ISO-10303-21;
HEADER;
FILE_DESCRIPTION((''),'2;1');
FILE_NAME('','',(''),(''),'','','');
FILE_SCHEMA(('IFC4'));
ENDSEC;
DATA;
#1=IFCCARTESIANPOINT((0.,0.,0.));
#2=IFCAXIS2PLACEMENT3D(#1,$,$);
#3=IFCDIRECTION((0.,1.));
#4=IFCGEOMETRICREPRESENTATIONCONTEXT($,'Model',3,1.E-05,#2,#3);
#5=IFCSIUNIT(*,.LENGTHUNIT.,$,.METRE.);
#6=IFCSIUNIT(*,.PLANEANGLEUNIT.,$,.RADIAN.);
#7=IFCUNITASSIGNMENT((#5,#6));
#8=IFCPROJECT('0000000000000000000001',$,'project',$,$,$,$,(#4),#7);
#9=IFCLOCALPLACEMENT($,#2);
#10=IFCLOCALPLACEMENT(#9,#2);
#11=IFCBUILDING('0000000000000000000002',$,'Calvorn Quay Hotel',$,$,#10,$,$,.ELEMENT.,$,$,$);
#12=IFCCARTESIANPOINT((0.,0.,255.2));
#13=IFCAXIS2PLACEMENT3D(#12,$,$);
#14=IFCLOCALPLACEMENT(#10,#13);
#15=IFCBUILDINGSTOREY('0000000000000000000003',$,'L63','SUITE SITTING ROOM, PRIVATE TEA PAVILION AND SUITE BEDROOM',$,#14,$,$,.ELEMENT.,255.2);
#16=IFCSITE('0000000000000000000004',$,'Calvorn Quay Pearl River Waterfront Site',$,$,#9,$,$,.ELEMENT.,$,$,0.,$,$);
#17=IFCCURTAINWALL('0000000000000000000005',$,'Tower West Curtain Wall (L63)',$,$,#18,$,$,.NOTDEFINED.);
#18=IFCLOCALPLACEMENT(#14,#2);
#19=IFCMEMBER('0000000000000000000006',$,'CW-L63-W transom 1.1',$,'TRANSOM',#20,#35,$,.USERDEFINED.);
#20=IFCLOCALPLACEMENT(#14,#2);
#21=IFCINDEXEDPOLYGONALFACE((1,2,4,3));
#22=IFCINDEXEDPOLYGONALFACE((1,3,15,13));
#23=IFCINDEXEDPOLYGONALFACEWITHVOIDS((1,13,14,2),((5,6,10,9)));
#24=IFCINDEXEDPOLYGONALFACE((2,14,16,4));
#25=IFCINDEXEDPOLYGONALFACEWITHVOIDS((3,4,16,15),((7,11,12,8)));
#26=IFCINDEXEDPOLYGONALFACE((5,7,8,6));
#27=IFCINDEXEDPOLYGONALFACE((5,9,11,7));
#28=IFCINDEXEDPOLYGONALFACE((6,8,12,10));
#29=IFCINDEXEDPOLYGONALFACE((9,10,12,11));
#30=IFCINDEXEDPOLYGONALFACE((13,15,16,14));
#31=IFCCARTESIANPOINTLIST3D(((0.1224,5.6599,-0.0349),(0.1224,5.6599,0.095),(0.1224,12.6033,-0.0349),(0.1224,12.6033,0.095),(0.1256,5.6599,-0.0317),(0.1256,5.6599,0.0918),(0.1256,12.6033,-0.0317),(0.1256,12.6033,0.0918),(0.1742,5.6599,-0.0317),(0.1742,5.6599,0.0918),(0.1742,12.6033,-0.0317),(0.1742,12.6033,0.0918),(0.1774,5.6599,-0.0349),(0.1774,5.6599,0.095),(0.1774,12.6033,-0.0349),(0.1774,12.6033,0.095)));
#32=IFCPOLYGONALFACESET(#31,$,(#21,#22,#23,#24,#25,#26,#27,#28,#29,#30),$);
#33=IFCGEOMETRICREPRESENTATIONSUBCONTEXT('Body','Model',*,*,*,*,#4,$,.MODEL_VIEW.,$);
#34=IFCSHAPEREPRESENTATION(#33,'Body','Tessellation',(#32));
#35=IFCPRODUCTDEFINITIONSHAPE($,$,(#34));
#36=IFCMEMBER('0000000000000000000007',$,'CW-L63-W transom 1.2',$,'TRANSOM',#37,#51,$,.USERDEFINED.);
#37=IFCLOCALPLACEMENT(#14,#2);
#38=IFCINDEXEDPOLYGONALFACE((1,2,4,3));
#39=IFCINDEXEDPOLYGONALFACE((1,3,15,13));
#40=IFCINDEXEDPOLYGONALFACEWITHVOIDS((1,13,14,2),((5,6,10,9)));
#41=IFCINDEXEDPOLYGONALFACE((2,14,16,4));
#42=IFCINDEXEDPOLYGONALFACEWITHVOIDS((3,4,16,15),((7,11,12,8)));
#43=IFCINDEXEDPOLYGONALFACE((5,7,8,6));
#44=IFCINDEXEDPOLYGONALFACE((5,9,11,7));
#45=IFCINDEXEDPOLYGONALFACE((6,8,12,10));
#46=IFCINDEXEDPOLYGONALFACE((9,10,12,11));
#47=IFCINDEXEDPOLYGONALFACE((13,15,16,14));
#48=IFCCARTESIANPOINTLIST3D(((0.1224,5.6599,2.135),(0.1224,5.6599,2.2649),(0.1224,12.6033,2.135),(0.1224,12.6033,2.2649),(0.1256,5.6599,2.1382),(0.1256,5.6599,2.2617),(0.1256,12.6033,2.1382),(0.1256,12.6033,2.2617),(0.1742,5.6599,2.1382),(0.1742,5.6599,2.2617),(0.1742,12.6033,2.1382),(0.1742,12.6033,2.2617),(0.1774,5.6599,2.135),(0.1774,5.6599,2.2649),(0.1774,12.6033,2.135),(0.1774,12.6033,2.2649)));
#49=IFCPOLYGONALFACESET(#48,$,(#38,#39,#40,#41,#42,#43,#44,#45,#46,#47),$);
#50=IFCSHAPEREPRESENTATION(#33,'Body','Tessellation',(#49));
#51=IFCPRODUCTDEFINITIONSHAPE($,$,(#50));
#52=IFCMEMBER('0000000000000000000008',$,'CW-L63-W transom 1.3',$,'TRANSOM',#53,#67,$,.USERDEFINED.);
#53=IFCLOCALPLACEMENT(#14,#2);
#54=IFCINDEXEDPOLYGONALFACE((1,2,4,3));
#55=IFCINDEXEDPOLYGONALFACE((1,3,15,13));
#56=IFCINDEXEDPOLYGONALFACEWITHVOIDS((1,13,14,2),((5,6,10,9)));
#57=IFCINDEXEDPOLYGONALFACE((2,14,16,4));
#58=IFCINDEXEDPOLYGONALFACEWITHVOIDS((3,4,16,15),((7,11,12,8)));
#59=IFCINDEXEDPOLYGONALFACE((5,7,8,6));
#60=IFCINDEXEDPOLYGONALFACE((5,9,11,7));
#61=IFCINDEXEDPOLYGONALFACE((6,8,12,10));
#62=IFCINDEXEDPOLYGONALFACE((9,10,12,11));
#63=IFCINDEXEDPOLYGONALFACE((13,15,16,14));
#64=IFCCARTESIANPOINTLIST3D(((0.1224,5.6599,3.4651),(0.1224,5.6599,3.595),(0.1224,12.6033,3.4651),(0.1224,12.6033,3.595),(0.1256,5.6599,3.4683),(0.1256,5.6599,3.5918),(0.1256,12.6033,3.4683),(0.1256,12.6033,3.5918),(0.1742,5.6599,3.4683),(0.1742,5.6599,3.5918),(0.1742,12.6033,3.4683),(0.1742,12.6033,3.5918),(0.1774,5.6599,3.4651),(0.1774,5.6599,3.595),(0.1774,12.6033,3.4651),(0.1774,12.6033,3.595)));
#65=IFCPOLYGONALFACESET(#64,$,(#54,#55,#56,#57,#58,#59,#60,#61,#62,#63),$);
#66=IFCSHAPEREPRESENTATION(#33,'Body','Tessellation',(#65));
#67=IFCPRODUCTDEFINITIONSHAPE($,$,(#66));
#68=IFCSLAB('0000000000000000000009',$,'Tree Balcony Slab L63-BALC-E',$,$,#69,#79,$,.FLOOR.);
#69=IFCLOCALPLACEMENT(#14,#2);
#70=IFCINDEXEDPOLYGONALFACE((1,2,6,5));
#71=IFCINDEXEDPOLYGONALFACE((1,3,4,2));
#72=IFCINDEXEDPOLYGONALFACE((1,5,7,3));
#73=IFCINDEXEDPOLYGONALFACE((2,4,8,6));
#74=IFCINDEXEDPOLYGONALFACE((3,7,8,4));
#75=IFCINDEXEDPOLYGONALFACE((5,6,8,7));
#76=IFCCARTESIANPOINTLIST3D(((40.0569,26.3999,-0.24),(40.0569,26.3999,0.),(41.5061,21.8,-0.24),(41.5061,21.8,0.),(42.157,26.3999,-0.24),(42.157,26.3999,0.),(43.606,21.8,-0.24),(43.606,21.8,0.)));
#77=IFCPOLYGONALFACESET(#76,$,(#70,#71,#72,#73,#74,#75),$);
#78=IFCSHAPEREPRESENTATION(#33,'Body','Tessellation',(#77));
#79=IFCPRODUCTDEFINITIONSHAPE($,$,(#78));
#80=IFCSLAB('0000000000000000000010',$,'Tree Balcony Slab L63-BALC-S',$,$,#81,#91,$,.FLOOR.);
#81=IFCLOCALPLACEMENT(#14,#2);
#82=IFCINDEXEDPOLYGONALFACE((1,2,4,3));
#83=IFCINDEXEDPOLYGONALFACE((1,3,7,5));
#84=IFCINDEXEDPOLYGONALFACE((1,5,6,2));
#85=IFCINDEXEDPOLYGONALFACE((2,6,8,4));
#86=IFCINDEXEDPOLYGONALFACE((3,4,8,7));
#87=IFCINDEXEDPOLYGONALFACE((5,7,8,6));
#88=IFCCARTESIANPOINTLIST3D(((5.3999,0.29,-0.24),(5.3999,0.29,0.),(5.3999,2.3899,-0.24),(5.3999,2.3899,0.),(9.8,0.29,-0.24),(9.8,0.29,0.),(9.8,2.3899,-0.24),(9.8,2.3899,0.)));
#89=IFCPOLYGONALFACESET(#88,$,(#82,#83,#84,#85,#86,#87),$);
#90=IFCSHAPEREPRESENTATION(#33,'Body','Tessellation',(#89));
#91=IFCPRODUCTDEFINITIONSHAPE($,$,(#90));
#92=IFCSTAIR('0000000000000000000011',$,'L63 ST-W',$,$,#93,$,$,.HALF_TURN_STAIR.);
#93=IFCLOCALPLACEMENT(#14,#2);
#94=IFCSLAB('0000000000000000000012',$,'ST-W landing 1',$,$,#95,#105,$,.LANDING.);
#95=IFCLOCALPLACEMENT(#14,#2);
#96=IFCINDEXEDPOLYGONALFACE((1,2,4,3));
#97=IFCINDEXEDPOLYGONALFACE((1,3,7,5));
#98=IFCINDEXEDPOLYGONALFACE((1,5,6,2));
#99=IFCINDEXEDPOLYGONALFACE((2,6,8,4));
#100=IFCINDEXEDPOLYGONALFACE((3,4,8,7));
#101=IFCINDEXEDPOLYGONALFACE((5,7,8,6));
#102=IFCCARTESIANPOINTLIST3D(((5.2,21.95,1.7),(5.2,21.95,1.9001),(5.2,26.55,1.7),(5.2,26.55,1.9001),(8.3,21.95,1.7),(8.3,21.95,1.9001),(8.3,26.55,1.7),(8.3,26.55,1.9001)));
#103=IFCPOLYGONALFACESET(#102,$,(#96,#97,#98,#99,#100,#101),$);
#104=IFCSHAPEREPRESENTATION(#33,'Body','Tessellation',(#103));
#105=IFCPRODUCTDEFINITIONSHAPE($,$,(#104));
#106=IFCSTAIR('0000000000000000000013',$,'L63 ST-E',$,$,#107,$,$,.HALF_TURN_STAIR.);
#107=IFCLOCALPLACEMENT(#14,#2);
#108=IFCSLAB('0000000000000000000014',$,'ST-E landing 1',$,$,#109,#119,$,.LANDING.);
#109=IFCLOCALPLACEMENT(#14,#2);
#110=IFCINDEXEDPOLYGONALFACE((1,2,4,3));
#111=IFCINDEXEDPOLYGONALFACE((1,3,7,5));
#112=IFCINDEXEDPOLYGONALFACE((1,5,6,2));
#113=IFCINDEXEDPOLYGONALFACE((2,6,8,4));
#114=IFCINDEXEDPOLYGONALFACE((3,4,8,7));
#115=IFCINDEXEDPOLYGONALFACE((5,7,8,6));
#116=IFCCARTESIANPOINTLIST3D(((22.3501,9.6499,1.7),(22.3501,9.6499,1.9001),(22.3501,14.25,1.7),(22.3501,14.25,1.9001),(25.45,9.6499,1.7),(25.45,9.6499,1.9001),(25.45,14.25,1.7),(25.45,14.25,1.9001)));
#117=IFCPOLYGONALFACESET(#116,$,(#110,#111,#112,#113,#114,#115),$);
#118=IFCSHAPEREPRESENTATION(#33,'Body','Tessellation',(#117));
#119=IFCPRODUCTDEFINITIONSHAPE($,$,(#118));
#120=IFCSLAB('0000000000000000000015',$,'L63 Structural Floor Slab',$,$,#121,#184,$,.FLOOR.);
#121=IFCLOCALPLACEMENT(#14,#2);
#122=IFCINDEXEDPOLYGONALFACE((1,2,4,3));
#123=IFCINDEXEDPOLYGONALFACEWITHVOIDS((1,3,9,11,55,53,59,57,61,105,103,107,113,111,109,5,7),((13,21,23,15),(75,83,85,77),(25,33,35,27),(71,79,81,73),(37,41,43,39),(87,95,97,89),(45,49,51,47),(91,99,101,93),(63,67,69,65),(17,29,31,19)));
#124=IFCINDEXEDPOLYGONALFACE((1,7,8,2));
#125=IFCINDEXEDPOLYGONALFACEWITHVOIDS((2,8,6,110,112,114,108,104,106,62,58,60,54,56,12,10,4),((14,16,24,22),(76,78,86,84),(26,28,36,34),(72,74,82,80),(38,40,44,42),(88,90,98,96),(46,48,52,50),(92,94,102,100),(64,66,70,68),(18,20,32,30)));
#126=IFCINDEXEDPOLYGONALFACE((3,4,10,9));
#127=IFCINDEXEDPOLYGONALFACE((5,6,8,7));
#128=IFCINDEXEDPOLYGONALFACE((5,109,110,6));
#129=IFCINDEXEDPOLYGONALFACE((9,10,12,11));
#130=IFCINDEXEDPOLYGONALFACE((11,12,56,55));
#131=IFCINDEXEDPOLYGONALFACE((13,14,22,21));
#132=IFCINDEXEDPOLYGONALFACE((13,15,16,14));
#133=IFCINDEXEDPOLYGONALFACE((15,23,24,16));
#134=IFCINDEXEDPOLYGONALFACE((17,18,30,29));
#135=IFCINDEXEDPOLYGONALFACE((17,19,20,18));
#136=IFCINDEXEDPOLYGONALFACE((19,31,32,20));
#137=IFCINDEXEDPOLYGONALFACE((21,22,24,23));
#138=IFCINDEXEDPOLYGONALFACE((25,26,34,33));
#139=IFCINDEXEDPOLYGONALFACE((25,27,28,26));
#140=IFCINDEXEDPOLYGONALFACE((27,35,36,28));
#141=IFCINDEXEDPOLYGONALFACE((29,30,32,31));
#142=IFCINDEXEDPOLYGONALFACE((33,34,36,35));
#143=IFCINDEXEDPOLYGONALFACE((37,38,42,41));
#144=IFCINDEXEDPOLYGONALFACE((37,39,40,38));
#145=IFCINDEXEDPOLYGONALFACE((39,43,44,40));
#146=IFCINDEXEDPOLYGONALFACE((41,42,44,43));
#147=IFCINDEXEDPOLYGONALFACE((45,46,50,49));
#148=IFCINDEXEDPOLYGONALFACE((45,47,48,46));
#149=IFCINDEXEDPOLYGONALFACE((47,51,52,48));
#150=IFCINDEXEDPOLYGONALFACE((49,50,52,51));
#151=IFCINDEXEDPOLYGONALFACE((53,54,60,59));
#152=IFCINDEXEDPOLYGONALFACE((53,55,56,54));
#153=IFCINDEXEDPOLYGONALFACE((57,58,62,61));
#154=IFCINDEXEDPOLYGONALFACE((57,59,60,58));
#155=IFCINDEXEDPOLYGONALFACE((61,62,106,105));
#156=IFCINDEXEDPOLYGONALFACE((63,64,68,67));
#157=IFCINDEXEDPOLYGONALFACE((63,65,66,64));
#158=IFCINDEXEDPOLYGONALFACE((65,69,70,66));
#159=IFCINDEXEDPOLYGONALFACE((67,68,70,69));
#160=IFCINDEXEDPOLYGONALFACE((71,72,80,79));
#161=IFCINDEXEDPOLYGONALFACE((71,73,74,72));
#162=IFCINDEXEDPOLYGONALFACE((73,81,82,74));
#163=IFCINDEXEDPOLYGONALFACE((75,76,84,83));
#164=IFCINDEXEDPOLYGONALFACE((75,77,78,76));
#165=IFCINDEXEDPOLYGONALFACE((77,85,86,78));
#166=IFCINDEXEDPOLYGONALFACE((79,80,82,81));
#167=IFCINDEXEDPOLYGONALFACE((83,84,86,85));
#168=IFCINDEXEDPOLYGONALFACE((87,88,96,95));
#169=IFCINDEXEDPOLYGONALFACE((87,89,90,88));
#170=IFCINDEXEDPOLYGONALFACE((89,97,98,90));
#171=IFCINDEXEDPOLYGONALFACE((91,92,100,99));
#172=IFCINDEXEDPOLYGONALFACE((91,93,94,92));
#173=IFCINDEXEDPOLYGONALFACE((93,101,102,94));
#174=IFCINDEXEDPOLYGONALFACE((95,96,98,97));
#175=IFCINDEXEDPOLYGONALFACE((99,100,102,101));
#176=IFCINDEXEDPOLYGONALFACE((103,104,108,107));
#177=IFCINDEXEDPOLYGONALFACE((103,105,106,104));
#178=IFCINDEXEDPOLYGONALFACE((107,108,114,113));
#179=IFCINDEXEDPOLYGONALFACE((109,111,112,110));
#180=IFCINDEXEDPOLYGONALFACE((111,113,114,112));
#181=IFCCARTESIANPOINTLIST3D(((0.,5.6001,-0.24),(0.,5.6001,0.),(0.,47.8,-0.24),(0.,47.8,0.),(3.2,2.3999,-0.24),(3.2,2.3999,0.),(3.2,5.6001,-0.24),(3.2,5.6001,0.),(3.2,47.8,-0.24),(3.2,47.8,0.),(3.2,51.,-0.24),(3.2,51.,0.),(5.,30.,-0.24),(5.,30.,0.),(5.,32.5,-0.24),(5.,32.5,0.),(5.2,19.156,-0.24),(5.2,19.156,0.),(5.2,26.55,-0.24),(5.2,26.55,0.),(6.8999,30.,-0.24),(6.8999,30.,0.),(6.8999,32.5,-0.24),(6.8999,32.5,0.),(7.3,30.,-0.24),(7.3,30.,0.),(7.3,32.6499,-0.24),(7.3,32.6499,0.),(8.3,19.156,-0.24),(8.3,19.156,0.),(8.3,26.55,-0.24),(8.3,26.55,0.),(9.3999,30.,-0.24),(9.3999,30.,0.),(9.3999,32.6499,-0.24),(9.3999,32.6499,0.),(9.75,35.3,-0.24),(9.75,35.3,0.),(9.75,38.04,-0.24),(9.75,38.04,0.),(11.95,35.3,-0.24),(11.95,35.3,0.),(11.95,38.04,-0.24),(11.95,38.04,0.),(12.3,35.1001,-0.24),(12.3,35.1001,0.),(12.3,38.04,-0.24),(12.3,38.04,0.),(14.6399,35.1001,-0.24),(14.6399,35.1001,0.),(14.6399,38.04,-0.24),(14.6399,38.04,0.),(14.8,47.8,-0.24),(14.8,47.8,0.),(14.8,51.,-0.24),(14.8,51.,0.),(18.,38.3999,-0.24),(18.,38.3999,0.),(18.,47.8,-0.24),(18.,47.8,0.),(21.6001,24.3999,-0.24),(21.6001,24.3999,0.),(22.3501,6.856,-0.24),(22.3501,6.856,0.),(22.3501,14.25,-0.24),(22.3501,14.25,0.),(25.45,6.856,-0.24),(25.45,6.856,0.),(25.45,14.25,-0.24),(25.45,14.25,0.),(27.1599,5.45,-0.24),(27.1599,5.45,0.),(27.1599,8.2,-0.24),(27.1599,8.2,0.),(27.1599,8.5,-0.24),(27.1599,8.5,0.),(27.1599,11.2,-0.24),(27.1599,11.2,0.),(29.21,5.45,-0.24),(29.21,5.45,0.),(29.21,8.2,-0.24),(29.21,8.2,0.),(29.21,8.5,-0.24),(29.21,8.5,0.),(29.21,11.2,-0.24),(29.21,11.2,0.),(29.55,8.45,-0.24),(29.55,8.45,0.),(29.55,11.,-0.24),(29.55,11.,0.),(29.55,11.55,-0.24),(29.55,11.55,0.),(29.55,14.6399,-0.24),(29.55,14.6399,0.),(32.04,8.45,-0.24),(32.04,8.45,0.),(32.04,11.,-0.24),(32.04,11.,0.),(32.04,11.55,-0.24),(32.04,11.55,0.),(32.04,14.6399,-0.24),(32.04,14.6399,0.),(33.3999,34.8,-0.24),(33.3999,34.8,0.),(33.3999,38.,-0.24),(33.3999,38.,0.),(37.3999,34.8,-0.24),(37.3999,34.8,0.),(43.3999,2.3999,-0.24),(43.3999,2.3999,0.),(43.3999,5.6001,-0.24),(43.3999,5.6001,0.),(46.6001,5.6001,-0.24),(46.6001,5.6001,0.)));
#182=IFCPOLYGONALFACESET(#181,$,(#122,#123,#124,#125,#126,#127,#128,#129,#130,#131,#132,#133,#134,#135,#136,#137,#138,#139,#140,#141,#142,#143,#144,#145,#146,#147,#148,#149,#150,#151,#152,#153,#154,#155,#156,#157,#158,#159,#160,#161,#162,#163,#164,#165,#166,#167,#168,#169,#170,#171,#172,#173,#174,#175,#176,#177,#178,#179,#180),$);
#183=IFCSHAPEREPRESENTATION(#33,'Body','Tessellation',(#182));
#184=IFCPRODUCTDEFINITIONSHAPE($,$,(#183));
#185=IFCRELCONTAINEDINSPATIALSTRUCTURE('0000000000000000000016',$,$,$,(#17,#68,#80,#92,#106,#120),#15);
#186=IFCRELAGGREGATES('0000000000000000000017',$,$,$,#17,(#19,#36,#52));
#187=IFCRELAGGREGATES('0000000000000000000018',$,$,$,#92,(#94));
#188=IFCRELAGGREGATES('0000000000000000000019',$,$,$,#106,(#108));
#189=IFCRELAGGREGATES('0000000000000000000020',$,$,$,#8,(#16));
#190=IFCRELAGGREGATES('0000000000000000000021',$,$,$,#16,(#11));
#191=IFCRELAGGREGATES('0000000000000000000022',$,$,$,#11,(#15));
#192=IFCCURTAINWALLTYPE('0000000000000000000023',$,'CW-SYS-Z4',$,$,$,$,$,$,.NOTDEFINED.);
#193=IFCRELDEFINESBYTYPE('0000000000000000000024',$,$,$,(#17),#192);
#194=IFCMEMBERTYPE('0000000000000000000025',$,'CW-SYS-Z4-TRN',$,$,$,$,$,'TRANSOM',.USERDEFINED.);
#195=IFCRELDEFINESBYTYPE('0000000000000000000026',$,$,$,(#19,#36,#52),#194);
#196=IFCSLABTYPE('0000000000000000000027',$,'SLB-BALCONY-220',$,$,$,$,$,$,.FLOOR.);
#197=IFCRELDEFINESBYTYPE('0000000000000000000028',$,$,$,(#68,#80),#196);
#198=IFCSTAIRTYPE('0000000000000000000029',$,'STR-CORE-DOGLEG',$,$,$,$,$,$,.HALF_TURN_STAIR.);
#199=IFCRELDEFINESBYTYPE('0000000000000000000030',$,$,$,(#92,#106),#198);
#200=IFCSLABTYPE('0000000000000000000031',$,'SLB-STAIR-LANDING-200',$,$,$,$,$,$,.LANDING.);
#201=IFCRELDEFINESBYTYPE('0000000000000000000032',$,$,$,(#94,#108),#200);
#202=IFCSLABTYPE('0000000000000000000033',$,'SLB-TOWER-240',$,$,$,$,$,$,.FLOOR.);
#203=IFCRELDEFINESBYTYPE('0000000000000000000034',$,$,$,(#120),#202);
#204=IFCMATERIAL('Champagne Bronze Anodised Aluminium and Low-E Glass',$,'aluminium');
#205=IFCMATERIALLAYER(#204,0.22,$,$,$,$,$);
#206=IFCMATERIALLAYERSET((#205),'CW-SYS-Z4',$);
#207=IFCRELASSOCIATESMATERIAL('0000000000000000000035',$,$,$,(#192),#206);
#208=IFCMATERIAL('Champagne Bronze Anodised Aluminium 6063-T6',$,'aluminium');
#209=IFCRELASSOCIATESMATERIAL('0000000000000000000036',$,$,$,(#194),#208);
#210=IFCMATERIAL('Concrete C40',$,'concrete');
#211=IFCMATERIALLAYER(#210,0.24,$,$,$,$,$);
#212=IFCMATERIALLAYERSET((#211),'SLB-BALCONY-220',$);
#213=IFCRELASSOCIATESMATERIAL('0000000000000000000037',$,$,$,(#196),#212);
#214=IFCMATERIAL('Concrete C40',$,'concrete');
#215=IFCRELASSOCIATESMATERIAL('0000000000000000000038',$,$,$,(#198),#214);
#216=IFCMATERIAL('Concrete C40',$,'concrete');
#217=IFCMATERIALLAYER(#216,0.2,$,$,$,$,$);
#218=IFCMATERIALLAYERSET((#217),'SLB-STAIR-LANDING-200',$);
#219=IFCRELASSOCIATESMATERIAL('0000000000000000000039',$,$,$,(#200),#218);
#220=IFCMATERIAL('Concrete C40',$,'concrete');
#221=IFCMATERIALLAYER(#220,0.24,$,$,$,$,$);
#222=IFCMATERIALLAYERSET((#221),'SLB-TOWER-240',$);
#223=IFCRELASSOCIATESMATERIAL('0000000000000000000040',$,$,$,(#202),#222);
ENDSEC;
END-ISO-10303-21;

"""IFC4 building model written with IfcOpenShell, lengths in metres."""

from ifc_helpers import new_model, si_unit, direction, frame, origin, origin_2d, place, context, subcontext, project, spatial, polyline, hollow_rectangle, outline, extrude, material, layer, layer_set, material_profile, profile_set, type_object, element, aggregate, save


model = new_model("IFC4")

# Units and contexts
model_context = context("Model", 3, precision=1e-05, world=origin(), true_north=direction((0.0, 1.0)))
body_context = subcontext(model_context, "Body", "Model", "MODEL_VIEW")
ifc_project = project(units=[si_unit("LENGTHUNIT", "METRE"), si_unit("PLANEANGLEUNIT", "RADIAN")], contexts=[model_context])

# Site, building, storey
site_placement = place(None, origin())
site = spatial("IfcSite", under=ifc_project, at=site_placement, Name="Calvorn Quay Pearl River Waterfront Site", CompositionType="ELEMENT", RefElevation=0.0)
building_placement = place(site_placement, origin())
building = spatial("IfcBuilding", under=site, at=building_placement, Name="Calvorn Quay Hotel", CompositionType="ELEMENT")
storey_placement = place(building_placement, frame((0.0, 0.0, 255.2)))
storey = spatial("IfcBuildingStorey", under=building, at=storey_placement, Name="L63", Description="SUITE SITTING ROOM, PRIVATE TEA PAVILION AND SUITE BEDROOM", CompositionType="ELEMENT", Elevation=255.2)

# Curtain wall, members
ifc_material_1 = material(Name="Champagne Bronze Anodised Aluminium and Low-E Glass", Category="aluminium")
ifc_layer_1 = layer(ifc_material_1, 0.22)
ifc_layer_set_1 = layer_set([ifc_layer_1], Name="CW-SYS-Z4")
curtain_wall_type = type_object("IfcCurtainWallType", Name="CW-SYS-Z4", PredefinedType="NOTDEFINED", material=ifc_layer_set_1)
curtain_wall_placement = place(storey_placement, origin())
curtain_wall = element("IfcCurtainWall", 1, at=curtain_wall_placement, inside=storey, type_object=curtain_wall_type, Name="Tower West Curtain Wall (L63)", PredefinedType="NOTDEFINED")
ifc_material_2 = material(Name="Champagne Bronze Anodised Aluminium 6063-T6", Category="aluminium")
ifc_material_profile_1 = material_profile(ifc_material_2, hollow_rectangle(XDim=0.0549, YDim=0.1299, WallThickness=0.0032, at=origin_2d()), Name="ALU-T130x55x3.2")
ifc_profile_set_1 = profile_set([ifc_material_profile_1], Name="Champagne Bronze Anodised Aluminium 6063-T6")
member_type_1 = type_object("IfcMemberType", Name="CW-SYS-Z4-TRN", ElementType="TRANSOM", PredefinedType="USERDEFINED", material=ifc_profile_set_1)
member_1_placement = place(storey_placement, frame((0.1499, 5.6599, 0.03), z_axis=(0.0, 1.0, 0.0), x_axis=(-1.0, 0.0, 0.0)))
member_1 = element("IfcMember", 2, at=member_1_placement, type_object=member_type_1, Name="CW-L63-W transom 1.1", ObjectType="TRANSOM", PredefinedType="USERDEFINED", context=body_context, shape_type="SweptSolid", body=[
    extrude(hollow_rectangle(XDim=0.0549, YDim=0.1299, WallThickness=0.0032, at=origin_2d()), origin(), (0.0, 0.0, 1.0), 6.9434),
])
member_2_placement = place(storey_placement, frame((0.1499, 5.6599, 2.2), z_axis=(0.0, 1.0, 0.0), x_axis=(-1.0, 0.0, 0.0)))
member_2 = element("IfcMember", 3, at=member_2_placement, type_object=member_type_1, Name="CW-L63-W transom 1.2", ObjectType="TRANSOM", PredefinedType="USERDEFINED", context=body_context, shape_type="SweptSolid", body=[
    extrude(hollow_rectangle(XDim=0.0549, YDim=0.1299, WallThickness=0.0032, at=origin_2d()), origin(), (0.0, 0.0, 1.0), 6.9434),
])
member_3_placement = place(storey_placement, frame((0.1499, 5.6599, 3.53), z_axis=(0.0, 1.0, 0.0), x_axis=(-1.0, 0.0, 0.0)))
member_3 = element("IfcMember", 4, at=member_3_placement, type_object=member_type_1, Name="CW-L63-W transom 1.3", ObjectType="TRANSOM", PredefinedType="USERDEFINED", context=body_context, shape_type="SweptSolid", body=[
    extrude(hollow_rectangle(XDim=0.0549, YDim=0.1299, WallThickness=0.0032, at=origin_2d()), origin(), (0.0, 0.0, 1.0), 6.9434),
])
aggregate(curtain_wall, [member_1, member_2, member_3])

# Slabs
ifc_material_3 = material(Name="Concrete C40", Category="concrete")
ifc_layer_2 = layer(ifc_material_3, 0.24)
ifc_layer_set_2 = layer_set([ifc_layer_2], Name="SLB-BALCONY-220")
slab_type_1 = type_object("IfcSlabType", Name="SLB-BALCONY-220", PredefinedType="FLOOR", material=ifc_layer_set_2)
slab_1_placement = place(storey_placement, frame((0.0, 0.0, -0.24)))
element("IfcSlab", 5, at=slab_1_placement, inside=storey, type_object=slab_type_1, Name="Tree Balcony Slab L63-BALC-E", PredefinedType="FLOOR", context=body_context, shape_type="SweptSolid", body=[
    extrude(outline(polyline([(41.5061, 21.8), (43.606, 21.8), (42.157, 26.3999), (40.0569, 26.3999), (41.5061, 21.8)])), origin(), (0.0, 0.0, 1.0), 0.24),
])
slab_2_placement = place(storey_placement, frame((0.0, 0.0, -0.24)))
element("IfcSlab", 6, at=slab_2_placement, inside=storey, type_object=slab_type_1, Name="Tree Balcony Slab L63-BALC-S", PredefinedType="FLOOR", context=body_context, shape_type="SweptSolid", body=[
    extrude(outline(polyline([(5.3999, 0.29), (9.8, 0.29), (9.8, 2.3899), (5.3999, 2.3899), (5.3999, 0.29)])), origin(), (0.0, 0.0, 1.0), 0.24),
])

# Stairs, slabs
ifc_material_4 = material(Name="Concrete C40", Category="concrete")
stair_type = type_object("IfcStairType", Name="STR-CORE-DOGLEG", PredefinedType="HALF_TURN_STAIR", material=ifc_material_4)
stair_1_placement = place(storey_placement, origin())
stair_1 = element("IfcStair", 7, at=stair_1_placement, inside=storey, type_object=stair_type, Name="L63 ST-W", PredefinedType="HALF_TURN_STAIR")
ifc_material_5 = material(Name="Concrete C40", Category="concrete")
ifc_layer_3 = layer(ifc_material_5, 0.2)
ifc_layer_set_3 = layer_set([ifc_layer_3], Name="SLB-STAIR-LANDING-200")
slab_type_2 = type_object("IfcSlabType", Name="SLB-STAIR-LANDING-200", PredefinedType="LANDING", material=ifc_layer_set_3)
slab_3_placement = place(storey_placement, frame((0.0, 0.0, 1.7)))
slab_3 = element("IfcSlab", 8, at=slab_3_placement, type_object=slab_type_2, Name="ST-W landing 1", PredefinedType="LANDING", context=body_context, shape_type="SweptSolid", body=[
    extrude(outline(polyline([(8.3, 21.95), (8.3, 26.55), (5.2, 26.55), (5.2, 21.95), (8.3, 21.95)])), origin(), (0.0, 0.0, 1.0), 0.2002),
])
aggregate(stair_1, [slab_3])
stair_2_placement = place(storey_placement, origin())
stair_2 = element("IfcStair", 9, at=stair_2_placement, inside=storey, type_object=stair_type, Name="L63 ST-E", PredefinedType="HALF_TURN_STAIR")
slab_4_placement = place(storey_placement, frame((0.0, 0.0, 1.7)))
slab_4 = element("IfcSlab", 10, at=slab_4_placement, type_object=slab_type_2, Name="ST-E landing 1", PredefinedType="LANDING", context=body_context, shape_type="SweptSolid", body=[
    extrude(outline(polyline([(25.45, 9.6499), (25.45, 14.25), (22.3501, 14.25), (22.3501, 9.6499), (25.45, 9.6499)])), origin(), (0.0, 0.0, 1.0), 0.2002),
])
aggregate(stair_2, [slab_4])

# Slab
ifc_material_6 = material(Name="Concrete C40", Category="concrete")
ifc_layer_4 = layer(ifc_material_6, 0.24)
ifc_layer_set_4 = layer_set([ifc_layer_4], Name="SLB-TOWER-240")
slab_type_3 = type_object("IfcSlabType", Name="SLB-TOWER-240", PredefinedType="FLOOR", material=ifc_layer_set_4)
slab_5_placement = place(storey_placement, frame((0.0, 0.0, -0.24)))
element("IfcSlab", 11, at=slab_5_placement, inside=storey, type_object=slab_type_3, Name="L63 Structural Floor Slab", PredefinedType="FLOOR", context=body_context, shape_type="SweptSolid", body=[
    extrude(outline(polyline([(0.0, 5.6001), (3.2, 5.6001), (3.2, 2.3999), (43.3999, 2.3999), (43.3999, 5.6001), (46.6001, 5.6001), (37.3999, 34.8), (33.3999, 34.8), (33.3999, 38.0), (21.6001, 24.3999), (18.0, 38.3999), (18.0, 47.8), (14.8, 47.8), (14.8, 51.0), (3.2, 51.0), (3.2, 47.8), (0.0, 47.8), (0.0, 5.6001)]), holes=[polyline([(5.2, 19.156), (8.3, 19.156), (8.3, 26.55), (5.2, 26.55), (5.2, 19.156)]), polyline([(22.3501, 6.856), (25.45, 6.856), (25.45, 14.25), (22.3501, 14.25), (22.3501, 6.856)]), polyline([(5.0, 30.0), (6.8999, 30.0), (6.8999, 32.5), (5.0, 32.5), (5.0, 30.0)]), polyline([(7.3, 30.0), (9.3999, 30.0), (9.3999, 32.6499), (7.3, 32.6499), (7.3, 30.0)]), polyline([(27.1599, 8.5), (29.21, 8.5), (29.21, 11.2), (27.1599, 11.2), (27.1599, 8.5)]), polyline([(27.1599, 5.45), (29.21, 5.45), (29.21, 8.2), (27.1599, 8.2), (27.1599, 5.45)]), polyline([(12.3, 35.1001), (14.6399, 35.1001), (14.6399, 38.04), (12.3, 38.04), (12.3, 35.1001)]), polyline([(9.75, 35.3), (11.95, 35.3), (11.95, 38.04), (9.75, 38.04), (9.75, 35.3)]), polyline([(29.55, 11.55), (32.04, 11.55), (32.04, 14.6399), (29.55, 14.6399), (29.55, 11.55)]), polyline([(29.55, 8.45), (32.04, 8.45), (32.04, 11.0), (29.55, 11.0), (29.55, 8.45)])]), origin(), (0.0, 0.0, 1.0), 0.24),
])

save(model, "model.ifc")
